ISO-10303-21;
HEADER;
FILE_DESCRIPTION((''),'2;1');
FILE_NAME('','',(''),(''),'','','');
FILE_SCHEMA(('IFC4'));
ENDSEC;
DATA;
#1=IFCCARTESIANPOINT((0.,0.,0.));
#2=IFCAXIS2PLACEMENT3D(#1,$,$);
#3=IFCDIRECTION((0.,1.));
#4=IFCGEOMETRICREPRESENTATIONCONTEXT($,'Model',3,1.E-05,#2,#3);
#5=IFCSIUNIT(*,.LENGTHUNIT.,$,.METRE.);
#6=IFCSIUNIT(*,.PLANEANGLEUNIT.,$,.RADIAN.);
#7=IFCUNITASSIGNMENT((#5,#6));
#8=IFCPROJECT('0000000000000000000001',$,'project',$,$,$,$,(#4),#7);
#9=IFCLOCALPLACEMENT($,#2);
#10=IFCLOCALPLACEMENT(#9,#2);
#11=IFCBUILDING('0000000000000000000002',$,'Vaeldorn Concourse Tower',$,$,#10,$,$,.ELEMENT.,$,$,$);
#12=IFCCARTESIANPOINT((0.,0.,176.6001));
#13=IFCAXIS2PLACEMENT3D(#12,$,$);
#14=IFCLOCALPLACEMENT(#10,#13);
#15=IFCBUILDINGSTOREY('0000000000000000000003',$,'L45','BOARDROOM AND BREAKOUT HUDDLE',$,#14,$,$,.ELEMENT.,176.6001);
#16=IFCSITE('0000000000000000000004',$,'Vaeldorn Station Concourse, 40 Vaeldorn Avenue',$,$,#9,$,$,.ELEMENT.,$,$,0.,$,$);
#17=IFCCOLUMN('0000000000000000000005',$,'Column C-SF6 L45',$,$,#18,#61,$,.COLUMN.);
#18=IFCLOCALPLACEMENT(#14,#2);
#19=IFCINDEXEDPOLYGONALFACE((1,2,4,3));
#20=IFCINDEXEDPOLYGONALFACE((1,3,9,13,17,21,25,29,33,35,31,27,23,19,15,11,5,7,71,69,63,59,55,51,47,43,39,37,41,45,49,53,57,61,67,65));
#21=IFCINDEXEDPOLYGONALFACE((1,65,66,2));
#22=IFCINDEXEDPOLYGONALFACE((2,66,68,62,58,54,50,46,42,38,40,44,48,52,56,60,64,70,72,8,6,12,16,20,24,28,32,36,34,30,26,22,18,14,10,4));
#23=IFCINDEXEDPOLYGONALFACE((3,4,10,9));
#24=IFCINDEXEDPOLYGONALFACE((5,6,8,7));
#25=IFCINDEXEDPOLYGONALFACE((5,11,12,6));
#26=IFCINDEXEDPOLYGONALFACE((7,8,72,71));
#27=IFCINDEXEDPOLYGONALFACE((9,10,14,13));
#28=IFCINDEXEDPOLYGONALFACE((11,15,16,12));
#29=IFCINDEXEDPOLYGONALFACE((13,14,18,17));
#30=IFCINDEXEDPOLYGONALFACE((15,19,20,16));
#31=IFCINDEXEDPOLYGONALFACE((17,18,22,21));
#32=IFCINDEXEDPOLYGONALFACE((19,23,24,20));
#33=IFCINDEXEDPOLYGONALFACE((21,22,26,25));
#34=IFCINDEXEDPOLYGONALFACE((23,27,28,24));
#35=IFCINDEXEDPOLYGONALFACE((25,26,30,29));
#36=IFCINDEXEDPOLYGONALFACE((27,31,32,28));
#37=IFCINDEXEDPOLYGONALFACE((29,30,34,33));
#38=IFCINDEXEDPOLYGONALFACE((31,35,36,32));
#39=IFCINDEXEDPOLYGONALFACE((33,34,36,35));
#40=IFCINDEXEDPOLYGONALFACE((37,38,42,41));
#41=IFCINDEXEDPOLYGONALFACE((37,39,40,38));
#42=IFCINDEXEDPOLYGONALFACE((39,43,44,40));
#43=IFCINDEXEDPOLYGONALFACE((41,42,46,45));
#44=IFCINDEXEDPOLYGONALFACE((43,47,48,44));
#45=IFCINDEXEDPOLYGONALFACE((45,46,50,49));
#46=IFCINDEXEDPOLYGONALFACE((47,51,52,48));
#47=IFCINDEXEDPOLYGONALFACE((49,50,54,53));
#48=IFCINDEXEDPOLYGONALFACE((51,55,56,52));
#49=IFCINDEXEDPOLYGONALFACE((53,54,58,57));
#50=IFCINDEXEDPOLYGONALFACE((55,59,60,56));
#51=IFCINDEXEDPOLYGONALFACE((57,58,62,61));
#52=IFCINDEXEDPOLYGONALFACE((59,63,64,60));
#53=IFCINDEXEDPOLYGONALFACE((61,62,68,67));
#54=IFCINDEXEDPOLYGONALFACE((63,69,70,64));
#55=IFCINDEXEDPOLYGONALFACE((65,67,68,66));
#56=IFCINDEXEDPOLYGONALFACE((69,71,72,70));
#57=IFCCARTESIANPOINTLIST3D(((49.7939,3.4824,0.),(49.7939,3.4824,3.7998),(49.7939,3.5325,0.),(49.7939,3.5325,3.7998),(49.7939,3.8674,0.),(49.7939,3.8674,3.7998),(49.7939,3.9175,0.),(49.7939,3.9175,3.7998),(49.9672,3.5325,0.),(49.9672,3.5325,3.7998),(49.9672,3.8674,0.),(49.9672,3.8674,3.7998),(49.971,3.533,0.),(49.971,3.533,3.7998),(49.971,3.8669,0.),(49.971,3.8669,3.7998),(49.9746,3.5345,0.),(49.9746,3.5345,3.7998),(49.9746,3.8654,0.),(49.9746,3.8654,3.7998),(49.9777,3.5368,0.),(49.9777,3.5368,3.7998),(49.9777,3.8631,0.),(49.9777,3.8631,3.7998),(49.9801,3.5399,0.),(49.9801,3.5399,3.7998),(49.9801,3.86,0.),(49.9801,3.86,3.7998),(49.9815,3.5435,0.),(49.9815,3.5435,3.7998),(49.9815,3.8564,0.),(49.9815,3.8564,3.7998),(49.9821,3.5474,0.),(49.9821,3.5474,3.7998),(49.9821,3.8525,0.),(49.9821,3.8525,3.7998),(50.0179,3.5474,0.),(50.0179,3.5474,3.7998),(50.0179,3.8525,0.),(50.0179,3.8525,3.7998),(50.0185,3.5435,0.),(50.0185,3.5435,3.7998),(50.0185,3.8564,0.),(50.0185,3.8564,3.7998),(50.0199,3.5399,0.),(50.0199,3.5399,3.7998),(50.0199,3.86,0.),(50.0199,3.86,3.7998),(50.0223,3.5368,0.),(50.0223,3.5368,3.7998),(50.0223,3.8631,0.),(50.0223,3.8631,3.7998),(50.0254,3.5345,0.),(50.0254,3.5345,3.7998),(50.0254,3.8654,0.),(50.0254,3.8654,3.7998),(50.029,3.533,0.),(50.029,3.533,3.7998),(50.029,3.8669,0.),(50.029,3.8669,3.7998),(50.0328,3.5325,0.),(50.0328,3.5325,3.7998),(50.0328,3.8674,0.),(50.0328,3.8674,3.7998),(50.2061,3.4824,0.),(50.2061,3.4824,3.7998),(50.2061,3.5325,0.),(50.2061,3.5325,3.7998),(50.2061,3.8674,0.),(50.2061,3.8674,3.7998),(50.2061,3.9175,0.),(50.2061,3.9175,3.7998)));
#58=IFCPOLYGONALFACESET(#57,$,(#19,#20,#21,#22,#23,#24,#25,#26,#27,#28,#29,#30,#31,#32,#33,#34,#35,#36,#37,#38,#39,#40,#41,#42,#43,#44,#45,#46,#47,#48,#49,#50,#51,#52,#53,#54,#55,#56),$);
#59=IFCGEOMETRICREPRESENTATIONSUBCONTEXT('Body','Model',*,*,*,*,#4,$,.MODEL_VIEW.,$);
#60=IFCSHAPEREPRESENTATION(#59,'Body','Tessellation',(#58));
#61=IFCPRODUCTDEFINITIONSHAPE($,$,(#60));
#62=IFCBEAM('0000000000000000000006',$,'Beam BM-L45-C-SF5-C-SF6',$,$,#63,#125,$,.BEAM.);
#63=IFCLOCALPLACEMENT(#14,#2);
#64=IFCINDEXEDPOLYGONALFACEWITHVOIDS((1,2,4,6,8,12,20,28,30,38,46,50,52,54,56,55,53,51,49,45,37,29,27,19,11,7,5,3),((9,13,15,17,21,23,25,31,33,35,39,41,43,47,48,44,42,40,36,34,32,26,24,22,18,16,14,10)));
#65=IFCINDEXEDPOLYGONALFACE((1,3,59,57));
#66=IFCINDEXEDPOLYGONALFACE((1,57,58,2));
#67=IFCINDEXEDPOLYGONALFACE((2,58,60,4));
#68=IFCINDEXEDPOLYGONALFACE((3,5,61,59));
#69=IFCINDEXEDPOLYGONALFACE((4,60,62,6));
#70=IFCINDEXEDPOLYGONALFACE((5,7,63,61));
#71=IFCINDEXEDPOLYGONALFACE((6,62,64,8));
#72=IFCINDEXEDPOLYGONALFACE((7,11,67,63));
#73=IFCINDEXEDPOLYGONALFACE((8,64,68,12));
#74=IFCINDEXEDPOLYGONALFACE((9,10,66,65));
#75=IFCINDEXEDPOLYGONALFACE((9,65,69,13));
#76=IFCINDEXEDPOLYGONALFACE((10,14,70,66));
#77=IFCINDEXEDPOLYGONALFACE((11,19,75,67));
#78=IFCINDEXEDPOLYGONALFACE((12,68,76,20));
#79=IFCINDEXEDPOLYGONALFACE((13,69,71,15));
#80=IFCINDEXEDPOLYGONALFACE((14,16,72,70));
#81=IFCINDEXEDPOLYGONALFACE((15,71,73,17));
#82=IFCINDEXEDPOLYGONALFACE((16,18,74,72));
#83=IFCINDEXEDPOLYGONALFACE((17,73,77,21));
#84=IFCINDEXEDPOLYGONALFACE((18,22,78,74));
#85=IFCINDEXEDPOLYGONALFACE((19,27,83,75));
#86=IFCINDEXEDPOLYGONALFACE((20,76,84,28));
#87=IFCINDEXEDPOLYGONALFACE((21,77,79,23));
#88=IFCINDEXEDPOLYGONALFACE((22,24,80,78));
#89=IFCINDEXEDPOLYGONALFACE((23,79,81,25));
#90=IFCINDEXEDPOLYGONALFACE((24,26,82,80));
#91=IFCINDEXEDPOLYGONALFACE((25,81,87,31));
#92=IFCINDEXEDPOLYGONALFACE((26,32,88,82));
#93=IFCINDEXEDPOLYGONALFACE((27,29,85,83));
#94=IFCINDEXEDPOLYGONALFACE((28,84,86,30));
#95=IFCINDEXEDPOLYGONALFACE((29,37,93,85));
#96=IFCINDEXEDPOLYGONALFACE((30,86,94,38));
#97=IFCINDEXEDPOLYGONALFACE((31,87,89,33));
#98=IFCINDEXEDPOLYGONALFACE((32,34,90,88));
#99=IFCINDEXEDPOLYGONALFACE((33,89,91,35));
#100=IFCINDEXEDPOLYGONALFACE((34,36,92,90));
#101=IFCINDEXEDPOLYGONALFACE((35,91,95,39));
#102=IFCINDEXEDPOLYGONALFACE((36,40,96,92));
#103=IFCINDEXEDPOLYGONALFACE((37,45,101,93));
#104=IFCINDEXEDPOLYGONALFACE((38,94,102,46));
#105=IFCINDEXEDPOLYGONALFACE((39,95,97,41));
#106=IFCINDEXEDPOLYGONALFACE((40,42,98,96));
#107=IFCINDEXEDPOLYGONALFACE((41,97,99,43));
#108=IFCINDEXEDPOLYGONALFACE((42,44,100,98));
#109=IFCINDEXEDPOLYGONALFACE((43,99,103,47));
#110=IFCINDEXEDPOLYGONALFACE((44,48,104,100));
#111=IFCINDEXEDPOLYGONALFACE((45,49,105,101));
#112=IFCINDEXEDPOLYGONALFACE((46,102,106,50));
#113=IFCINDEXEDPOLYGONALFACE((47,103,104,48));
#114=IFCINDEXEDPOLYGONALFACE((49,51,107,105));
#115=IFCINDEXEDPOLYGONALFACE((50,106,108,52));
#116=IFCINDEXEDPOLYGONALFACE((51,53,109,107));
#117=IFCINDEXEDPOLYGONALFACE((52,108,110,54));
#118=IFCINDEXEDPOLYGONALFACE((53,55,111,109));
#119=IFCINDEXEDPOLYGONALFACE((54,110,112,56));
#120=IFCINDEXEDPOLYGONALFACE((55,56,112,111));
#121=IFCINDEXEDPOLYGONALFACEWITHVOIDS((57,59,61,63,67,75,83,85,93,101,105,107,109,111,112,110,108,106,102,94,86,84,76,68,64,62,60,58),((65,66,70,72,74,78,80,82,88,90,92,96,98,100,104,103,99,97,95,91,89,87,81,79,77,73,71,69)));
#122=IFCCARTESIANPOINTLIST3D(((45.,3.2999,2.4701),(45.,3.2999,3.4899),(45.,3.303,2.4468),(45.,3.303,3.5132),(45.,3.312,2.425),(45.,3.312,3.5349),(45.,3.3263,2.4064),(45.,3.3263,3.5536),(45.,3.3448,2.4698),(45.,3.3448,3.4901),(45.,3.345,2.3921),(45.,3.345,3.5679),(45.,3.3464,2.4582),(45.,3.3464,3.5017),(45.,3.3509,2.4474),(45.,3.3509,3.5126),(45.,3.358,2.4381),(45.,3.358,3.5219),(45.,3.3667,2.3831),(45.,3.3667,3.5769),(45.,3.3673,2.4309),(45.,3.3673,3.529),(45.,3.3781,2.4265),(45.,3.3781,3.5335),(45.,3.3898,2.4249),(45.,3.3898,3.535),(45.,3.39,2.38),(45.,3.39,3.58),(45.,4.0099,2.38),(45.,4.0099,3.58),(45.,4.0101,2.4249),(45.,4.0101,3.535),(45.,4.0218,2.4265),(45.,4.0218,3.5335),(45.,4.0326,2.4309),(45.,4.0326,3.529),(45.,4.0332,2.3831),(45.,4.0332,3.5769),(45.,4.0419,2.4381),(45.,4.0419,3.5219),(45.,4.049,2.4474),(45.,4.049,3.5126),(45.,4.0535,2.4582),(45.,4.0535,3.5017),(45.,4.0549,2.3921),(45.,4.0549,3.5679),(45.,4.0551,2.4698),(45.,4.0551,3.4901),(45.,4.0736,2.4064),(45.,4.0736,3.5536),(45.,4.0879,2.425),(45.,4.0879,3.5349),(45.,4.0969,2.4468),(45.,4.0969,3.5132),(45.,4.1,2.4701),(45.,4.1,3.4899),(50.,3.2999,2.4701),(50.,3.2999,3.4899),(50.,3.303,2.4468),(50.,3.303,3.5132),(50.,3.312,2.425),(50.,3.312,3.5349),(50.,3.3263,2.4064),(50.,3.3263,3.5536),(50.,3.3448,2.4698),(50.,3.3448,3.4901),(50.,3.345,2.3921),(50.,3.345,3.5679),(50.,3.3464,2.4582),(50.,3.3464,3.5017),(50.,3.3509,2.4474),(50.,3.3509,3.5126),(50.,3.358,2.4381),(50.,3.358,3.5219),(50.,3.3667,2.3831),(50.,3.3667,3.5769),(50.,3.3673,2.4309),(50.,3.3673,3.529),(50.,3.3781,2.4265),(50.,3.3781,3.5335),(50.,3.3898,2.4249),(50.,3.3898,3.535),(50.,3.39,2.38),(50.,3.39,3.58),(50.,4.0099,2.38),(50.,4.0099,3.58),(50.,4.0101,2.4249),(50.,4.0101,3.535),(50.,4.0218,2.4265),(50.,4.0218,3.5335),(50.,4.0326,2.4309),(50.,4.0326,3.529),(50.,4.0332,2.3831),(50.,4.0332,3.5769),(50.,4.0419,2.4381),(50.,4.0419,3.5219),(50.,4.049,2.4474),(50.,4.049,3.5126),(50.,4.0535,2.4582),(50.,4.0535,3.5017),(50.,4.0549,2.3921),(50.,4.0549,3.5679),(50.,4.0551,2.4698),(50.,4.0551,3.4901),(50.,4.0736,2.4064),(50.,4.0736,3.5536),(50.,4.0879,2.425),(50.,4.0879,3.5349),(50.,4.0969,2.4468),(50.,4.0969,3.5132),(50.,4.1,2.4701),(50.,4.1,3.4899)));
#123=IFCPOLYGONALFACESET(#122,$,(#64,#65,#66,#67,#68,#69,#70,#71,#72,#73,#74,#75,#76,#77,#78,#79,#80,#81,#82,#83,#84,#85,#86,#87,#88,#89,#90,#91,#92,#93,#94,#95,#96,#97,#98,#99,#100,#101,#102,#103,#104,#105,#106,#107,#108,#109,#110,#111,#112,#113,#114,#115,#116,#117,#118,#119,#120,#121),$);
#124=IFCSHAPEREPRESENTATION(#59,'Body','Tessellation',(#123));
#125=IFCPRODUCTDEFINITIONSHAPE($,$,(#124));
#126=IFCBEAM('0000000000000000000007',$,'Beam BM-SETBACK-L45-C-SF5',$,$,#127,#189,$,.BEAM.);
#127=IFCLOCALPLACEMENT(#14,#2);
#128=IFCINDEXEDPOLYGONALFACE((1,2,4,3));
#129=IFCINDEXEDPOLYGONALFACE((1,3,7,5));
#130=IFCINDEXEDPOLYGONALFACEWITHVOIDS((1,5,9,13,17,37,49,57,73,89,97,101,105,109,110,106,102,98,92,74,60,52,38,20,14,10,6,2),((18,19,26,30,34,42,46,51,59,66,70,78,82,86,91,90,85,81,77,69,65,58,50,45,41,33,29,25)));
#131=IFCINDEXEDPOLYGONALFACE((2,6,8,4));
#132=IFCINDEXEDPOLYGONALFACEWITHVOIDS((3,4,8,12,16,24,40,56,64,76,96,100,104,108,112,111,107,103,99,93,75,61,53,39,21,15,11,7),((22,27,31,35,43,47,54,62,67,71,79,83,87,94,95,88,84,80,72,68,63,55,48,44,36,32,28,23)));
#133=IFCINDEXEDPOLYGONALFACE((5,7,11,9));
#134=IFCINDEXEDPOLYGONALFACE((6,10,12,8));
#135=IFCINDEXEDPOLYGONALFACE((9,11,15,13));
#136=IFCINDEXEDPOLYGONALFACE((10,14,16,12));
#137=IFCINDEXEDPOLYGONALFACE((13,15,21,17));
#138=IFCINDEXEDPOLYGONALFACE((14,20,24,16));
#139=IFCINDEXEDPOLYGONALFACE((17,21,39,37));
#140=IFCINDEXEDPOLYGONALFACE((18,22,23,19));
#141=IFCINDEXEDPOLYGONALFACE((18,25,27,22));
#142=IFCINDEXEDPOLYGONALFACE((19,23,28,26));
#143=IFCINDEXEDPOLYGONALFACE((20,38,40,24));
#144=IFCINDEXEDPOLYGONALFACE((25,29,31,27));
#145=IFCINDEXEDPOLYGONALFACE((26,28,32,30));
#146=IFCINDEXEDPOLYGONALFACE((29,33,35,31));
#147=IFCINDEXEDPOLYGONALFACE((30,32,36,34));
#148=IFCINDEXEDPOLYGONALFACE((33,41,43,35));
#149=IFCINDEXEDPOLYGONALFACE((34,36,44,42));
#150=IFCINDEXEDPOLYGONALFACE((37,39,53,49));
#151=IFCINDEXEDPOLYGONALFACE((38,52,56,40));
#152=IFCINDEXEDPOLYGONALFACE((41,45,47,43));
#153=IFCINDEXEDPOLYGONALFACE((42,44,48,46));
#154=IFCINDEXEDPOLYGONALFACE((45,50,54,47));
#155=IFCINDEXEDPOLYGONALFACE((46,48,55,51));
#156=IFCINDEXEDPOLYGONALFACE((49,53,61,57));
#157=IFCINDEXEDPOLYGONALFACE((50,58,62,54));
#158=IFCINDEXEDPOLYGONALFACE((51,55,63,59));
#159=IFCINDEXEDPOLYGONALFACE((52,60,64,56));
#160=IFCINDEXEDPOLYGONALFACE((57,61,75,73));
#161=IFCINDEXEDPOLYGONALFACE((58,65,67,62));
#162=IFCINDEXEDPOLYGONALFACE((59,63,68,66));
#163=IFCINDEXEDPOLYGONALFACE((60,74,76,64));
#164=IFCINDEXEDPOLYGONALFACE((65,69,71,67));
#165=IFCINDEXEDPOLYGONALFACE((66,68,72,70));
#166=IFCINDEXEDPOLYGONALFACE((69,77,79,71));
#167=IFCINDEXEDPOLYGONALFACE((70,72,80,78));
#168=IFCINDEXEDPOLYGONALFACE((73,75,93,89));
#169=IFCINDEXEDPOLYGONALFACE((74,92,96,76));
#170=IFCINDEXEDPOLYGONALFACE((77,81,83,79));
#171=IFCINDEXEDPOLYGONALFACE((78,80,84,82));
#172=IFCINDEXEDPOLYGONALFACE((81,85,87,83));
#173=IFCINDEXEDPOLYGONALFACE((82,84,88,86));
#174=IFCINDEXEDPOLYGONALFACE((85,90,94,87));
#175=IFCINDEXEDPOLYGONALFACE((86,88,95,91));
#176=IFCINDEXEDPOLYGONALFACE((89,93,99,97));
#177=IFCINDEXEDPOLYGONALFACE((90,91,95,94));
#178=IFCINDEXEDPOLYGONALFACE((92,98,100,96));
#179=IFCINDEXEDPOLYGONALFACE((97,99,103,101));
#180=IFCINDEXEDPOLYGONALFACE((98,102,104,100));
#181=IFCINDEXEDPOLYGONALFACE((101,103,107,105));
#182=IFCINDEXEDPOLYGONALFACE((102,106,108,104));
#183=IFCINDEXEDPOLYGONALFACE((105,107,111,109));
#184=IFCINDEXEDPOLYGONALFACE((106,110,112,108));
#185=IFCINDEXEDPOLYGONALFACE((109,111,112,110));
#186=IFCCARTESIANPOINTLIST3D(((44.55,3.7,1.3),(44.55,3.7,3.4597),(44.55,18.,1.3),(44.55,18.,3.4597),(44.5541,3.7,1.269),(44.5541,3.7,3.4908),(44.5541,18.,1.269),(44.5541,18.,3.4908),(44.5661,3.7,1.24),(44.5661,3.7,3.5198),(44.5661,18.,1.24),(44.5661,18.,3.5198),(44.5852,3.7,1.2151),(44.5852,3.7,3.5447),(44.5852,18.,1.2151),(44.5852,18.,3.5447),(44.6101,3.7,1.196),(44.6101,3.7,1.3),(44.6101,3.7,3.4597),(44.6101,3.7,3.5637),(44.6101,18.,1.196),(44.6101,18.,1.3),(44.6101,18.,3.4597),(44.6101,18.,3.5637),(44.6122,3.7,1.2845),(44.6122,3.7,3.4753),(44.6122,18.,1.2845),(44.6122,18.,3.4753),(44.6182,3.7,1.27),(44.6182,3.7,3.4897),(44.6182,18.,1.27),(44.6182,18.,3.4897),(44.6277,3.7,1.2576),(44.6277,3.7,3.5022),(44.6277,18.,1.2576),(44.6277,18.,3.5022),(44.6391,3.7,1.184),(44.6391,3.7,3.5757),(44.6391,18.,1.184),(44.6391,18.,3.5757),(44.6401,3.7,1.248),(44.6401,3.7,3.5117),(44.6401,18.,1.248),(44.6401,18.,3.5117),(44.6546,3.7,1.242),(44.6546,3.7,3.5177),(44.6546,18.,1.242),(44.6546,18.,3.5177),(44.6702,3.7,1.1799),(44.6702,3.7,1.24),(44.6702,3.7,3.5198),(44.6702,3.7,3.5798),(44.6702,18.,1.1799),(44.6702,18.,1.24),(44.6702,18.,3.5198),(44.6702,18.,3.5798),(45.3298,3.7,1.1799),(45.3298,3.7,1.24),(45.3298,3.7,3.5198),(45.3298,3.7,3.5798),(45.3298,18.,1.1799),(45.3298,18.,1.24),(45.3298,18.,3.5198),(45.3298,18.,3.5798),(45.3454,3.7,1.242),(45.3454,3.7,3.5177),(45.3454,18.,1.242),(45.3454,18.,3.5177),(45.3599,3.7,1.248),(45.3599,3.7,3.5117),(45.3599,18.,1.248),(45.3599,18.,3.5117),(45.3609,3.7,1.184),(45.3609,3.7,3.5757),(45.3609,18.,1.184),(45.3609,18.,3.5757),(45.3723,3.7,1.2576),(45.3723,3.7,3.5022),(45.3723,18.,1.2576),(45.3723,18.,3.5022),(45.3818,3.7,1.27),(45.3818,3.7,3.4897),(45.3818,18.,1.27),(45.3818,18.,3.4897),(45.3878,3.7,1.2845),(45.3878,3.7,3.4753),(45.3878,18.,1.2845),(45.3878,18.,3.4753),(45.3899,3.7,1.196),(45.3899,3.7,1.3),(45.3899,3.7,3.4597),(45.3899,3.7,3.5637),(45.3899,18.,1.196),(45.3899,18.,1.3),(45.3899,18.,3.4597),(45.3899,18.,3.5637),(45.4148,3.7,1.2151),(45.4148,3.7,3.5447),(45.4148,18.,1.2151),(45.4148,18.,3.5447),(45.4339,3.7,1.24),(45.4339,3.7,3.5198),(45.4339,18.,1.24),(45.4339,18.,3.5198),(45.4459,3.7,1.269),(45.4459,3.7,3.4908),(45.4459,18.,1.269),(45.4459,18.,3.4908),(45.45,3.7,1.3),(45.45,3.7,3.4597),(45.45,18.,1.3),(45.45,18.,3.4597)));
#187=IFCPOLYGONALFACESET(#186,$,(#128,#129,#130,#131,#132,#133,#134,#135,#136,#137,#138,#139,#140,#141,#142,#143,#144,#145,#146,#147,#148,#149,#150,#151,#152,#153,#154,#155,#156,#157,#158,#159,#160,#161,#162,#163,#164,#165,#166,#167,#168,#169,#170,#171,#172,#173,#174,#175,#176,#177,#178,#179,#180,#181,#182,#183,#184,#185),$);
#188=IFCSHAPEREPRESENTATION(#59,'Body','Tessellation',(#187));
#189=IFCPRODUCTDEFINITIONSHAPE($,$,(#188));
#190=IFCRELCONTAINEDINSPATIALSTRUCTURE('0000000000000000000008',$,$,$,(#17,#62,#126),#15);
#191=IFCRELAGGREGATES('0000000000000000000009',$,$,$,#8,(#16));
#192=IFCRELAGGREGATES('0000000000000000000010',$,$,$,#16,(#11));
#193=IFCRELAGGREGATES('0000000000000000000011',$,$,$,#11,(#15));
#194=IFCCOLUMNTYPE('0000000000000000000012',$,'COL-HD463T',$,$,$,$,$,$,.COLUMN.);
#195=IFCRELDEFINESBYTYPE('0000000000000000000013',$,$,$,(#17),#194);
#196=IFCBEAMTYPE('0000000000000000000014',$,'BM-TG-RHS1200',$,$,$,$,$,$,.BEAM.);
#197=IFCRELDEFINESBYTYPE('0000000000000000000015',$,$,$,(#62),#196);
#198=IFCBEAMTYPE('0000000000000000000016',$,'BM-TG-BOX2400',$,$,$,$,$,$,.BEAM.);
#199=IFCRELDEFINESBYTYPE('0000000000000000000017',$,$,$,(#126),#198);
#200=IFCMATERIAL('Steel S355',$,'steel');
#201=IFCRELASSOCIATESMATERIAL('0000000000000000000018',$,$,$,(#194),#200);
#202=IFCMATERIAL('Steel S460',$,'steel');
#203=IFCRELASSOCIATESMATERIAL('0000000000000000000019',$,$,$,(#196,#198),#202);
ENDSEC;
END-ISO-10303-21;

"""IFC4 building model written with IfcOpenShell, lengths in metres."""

from ifc_helpers import new_model, si_unit, direction, frame, origin, origin_2d, place, context, subcontext, project, spatial, hollow_rectangle, i_section, extrude, source, transform, mapped, material, material_profile, profile_set, type_object, element, save


model = new_model("IFC4")

# Units and contexts
model_context = context("Model", 3, precision=1e-05, world=origin(), true_north=direction((0.0, 1.0)))
body_context = subcontext(model_context, "Body", "Model", "MODEL_VIEW")
ifc_project = project(units=[si_unit("LENGTHUNIT", "METRE"), si_unit("PLANEANGLEUNIT", "RADIAN")], contexts=[model_context])

# Site, building, storey
site_placement = place(None, origin())
site = spatial("IfcSite", under=ifc_project, at=site_placement, Name="Vaeldorn Station Concourse, 40 Vaeldorn Avenue", CompositionType="ELEMENT", RefElevation=0.0)
building_placement = place(site_placement, origin())
building = spatial("IfcBuilding", under=site, at=building_placement, Name="Vaeldorn Concourse Tower", CompositionType="ELEMENT")
storey_placement = place(building_placement, frame((0.0, 0.0, 176.6001)))
storey = spatial("IfcBuildingStorey", under=building, at=storey_placement, Name="L45", Description="BOARDROOM AND BREAKOUT HUDDLE", CompositionType="ELEMENT", Elevation=176.6001)

# Column
ifc_material_1 = material(Name="Steel S355", Category="steel")
ifc_material_profile_1 = material_profile(ifc_material_1, i_section(OverallWidth=0.4121, OverallDepth=0.4351, WebThickness=0.0359, FlangeThickness=0.05, FilletRadius=0.0149, at=origin_2d()), Name="HD 400x463")
ifc_profile_set_1 = profile_set([ifc_material_profile_1], Name="Steel S355")
column_type = type_object("IfcColumnType", Name="COL-HD463T", PredefinedType="COLUMN", material=ifc_profile_set_1)
shared_shape_1 = source(origin(), body_context, "Body", "SweptSolid", [
    extrude(i_section(OverallWidth=0.4121, OverallDepth=0.4351, WebThickness=0.0359, FlangeThickness=0.05, FilletRadius=0.0149, at=origin_2d()), origin(), (0.0, 0.0, 1.0), 3.7998),
])
column_placement = place(storey_placement, frame((50.0, 3.7, 0.0), z_axis=(0.0, 0.0, 1.0), x_axis=(1.0, 0.0, 0.0)))
element("IfcColumn", 1, at=column_placement, inside=storey, type_object=column_type, Name="Column C-SF6 L45", PredefinedType="COLUMN", context=body_context, shape_type="MappedRepresentation", body=[
    mapped(shared_shape_1, transform((0.0, 0.0, 0.0), scale=1.0)),
])

# Beams
ifc_material_2 = material(Name="Steel S460", Category="steel")
ifc_material_profile_2 = material_profile(ifc_material_2, hollow_rectangle(XDim=0.8, YDim=1.2, WallThickness=0.0449, InnerFilletRadius=0.0449, OuterFilletRadius=0.0901, at=origin_2d()), Name="RHS 1200x800x45")
ifc_profile_set_2 = profile_set([ifc_material_profile_2], Name="Steel S460")
beam_type_1 = type_object("IfcBeamType", Name="BM-TG-RHS1200", PredefinedType="BEAM", material=ifc_profile_set_2)
shared_shape_2 = source(origin(), body_context, "Body", "SweptSolid", [
    extrude(hollow_rectangle(XDim=0.8, YDim=1.2, WallThickness=0.0449, InnerFilletRadius=0.0449, OuterFilletRadius=0.0901, at=origin_2d()), origin(), (0.0, 0.0, 1.0), 5.0),
])
beam_1_placement = place(storey_placement, frame((45.0, 3.7, 2.98), z_axis=(1.0, 0.0, 0.0), x_axis=(0.0, 1.0, 0.0)))
element("IfcBeam", 2, at=beam_1_placement, inside=storey, type_object=beam_type_1, Name="Beam BM-L45-C-SF5-C-SF6", PredefinedType="BEAM", context=body_context, shape_type="MappedRepresentation", body=[
    mapped(shared_shape_2, transform((0.0, 0.0, 0.0), scale=1.0)),
])
ifc_material_profile_3 = material_profile(ifc_material_2, hollow_rectangle(XDim=0.8999, YDim=2.3999, WallThickness=0.0601, InnerFilletRadius=0.0601, OuterFilletRadius=0.1201, at=origin_2d()), Name="RHS 2400x900x60")
ifc_profile_set_3 = profile_set([ifc_material_profile_3], Name="Steel S460")
beam_type_2 = type_object("IfcBeamType", Name="BM-TG-BOX2400", PredefinedType="BEAM", material=ifc_profile_set_3)
shared_shape_3 = source(origin(), body_context, "Body", "SweptSolid", [
    extrude(hollow_rectangle(XDim=0.8999, YDim=2.3999, WallThickness=0.0601, InnerFilletRadius=0.0601, OuterFilletRadius=0.1201, at=origin_2d()), origin(), (0.0, 0.0, 1.0), 14.3),
])
beam_2_placement = place(storey_placement, frame((45.0, 3.7, 2.3799), z_axis=(0.0, 1.0, 0.0), x_axis=(-1.0, 0.0, 0.0)))
element("IfcBeam", 3, at=beam_2_placement, inside=storey, type_object=beam_type_2, Name="Beam BM-SETBACK-L45-C-SF5", PredefinedType="BEAM", context=body_context, shape_type="MappedRepresentation", body=[
    mapped(shared_shape_3, transform((0.0, 0.0, 0.0), scale=1.0)),
])

save(model, "model.ifc")
